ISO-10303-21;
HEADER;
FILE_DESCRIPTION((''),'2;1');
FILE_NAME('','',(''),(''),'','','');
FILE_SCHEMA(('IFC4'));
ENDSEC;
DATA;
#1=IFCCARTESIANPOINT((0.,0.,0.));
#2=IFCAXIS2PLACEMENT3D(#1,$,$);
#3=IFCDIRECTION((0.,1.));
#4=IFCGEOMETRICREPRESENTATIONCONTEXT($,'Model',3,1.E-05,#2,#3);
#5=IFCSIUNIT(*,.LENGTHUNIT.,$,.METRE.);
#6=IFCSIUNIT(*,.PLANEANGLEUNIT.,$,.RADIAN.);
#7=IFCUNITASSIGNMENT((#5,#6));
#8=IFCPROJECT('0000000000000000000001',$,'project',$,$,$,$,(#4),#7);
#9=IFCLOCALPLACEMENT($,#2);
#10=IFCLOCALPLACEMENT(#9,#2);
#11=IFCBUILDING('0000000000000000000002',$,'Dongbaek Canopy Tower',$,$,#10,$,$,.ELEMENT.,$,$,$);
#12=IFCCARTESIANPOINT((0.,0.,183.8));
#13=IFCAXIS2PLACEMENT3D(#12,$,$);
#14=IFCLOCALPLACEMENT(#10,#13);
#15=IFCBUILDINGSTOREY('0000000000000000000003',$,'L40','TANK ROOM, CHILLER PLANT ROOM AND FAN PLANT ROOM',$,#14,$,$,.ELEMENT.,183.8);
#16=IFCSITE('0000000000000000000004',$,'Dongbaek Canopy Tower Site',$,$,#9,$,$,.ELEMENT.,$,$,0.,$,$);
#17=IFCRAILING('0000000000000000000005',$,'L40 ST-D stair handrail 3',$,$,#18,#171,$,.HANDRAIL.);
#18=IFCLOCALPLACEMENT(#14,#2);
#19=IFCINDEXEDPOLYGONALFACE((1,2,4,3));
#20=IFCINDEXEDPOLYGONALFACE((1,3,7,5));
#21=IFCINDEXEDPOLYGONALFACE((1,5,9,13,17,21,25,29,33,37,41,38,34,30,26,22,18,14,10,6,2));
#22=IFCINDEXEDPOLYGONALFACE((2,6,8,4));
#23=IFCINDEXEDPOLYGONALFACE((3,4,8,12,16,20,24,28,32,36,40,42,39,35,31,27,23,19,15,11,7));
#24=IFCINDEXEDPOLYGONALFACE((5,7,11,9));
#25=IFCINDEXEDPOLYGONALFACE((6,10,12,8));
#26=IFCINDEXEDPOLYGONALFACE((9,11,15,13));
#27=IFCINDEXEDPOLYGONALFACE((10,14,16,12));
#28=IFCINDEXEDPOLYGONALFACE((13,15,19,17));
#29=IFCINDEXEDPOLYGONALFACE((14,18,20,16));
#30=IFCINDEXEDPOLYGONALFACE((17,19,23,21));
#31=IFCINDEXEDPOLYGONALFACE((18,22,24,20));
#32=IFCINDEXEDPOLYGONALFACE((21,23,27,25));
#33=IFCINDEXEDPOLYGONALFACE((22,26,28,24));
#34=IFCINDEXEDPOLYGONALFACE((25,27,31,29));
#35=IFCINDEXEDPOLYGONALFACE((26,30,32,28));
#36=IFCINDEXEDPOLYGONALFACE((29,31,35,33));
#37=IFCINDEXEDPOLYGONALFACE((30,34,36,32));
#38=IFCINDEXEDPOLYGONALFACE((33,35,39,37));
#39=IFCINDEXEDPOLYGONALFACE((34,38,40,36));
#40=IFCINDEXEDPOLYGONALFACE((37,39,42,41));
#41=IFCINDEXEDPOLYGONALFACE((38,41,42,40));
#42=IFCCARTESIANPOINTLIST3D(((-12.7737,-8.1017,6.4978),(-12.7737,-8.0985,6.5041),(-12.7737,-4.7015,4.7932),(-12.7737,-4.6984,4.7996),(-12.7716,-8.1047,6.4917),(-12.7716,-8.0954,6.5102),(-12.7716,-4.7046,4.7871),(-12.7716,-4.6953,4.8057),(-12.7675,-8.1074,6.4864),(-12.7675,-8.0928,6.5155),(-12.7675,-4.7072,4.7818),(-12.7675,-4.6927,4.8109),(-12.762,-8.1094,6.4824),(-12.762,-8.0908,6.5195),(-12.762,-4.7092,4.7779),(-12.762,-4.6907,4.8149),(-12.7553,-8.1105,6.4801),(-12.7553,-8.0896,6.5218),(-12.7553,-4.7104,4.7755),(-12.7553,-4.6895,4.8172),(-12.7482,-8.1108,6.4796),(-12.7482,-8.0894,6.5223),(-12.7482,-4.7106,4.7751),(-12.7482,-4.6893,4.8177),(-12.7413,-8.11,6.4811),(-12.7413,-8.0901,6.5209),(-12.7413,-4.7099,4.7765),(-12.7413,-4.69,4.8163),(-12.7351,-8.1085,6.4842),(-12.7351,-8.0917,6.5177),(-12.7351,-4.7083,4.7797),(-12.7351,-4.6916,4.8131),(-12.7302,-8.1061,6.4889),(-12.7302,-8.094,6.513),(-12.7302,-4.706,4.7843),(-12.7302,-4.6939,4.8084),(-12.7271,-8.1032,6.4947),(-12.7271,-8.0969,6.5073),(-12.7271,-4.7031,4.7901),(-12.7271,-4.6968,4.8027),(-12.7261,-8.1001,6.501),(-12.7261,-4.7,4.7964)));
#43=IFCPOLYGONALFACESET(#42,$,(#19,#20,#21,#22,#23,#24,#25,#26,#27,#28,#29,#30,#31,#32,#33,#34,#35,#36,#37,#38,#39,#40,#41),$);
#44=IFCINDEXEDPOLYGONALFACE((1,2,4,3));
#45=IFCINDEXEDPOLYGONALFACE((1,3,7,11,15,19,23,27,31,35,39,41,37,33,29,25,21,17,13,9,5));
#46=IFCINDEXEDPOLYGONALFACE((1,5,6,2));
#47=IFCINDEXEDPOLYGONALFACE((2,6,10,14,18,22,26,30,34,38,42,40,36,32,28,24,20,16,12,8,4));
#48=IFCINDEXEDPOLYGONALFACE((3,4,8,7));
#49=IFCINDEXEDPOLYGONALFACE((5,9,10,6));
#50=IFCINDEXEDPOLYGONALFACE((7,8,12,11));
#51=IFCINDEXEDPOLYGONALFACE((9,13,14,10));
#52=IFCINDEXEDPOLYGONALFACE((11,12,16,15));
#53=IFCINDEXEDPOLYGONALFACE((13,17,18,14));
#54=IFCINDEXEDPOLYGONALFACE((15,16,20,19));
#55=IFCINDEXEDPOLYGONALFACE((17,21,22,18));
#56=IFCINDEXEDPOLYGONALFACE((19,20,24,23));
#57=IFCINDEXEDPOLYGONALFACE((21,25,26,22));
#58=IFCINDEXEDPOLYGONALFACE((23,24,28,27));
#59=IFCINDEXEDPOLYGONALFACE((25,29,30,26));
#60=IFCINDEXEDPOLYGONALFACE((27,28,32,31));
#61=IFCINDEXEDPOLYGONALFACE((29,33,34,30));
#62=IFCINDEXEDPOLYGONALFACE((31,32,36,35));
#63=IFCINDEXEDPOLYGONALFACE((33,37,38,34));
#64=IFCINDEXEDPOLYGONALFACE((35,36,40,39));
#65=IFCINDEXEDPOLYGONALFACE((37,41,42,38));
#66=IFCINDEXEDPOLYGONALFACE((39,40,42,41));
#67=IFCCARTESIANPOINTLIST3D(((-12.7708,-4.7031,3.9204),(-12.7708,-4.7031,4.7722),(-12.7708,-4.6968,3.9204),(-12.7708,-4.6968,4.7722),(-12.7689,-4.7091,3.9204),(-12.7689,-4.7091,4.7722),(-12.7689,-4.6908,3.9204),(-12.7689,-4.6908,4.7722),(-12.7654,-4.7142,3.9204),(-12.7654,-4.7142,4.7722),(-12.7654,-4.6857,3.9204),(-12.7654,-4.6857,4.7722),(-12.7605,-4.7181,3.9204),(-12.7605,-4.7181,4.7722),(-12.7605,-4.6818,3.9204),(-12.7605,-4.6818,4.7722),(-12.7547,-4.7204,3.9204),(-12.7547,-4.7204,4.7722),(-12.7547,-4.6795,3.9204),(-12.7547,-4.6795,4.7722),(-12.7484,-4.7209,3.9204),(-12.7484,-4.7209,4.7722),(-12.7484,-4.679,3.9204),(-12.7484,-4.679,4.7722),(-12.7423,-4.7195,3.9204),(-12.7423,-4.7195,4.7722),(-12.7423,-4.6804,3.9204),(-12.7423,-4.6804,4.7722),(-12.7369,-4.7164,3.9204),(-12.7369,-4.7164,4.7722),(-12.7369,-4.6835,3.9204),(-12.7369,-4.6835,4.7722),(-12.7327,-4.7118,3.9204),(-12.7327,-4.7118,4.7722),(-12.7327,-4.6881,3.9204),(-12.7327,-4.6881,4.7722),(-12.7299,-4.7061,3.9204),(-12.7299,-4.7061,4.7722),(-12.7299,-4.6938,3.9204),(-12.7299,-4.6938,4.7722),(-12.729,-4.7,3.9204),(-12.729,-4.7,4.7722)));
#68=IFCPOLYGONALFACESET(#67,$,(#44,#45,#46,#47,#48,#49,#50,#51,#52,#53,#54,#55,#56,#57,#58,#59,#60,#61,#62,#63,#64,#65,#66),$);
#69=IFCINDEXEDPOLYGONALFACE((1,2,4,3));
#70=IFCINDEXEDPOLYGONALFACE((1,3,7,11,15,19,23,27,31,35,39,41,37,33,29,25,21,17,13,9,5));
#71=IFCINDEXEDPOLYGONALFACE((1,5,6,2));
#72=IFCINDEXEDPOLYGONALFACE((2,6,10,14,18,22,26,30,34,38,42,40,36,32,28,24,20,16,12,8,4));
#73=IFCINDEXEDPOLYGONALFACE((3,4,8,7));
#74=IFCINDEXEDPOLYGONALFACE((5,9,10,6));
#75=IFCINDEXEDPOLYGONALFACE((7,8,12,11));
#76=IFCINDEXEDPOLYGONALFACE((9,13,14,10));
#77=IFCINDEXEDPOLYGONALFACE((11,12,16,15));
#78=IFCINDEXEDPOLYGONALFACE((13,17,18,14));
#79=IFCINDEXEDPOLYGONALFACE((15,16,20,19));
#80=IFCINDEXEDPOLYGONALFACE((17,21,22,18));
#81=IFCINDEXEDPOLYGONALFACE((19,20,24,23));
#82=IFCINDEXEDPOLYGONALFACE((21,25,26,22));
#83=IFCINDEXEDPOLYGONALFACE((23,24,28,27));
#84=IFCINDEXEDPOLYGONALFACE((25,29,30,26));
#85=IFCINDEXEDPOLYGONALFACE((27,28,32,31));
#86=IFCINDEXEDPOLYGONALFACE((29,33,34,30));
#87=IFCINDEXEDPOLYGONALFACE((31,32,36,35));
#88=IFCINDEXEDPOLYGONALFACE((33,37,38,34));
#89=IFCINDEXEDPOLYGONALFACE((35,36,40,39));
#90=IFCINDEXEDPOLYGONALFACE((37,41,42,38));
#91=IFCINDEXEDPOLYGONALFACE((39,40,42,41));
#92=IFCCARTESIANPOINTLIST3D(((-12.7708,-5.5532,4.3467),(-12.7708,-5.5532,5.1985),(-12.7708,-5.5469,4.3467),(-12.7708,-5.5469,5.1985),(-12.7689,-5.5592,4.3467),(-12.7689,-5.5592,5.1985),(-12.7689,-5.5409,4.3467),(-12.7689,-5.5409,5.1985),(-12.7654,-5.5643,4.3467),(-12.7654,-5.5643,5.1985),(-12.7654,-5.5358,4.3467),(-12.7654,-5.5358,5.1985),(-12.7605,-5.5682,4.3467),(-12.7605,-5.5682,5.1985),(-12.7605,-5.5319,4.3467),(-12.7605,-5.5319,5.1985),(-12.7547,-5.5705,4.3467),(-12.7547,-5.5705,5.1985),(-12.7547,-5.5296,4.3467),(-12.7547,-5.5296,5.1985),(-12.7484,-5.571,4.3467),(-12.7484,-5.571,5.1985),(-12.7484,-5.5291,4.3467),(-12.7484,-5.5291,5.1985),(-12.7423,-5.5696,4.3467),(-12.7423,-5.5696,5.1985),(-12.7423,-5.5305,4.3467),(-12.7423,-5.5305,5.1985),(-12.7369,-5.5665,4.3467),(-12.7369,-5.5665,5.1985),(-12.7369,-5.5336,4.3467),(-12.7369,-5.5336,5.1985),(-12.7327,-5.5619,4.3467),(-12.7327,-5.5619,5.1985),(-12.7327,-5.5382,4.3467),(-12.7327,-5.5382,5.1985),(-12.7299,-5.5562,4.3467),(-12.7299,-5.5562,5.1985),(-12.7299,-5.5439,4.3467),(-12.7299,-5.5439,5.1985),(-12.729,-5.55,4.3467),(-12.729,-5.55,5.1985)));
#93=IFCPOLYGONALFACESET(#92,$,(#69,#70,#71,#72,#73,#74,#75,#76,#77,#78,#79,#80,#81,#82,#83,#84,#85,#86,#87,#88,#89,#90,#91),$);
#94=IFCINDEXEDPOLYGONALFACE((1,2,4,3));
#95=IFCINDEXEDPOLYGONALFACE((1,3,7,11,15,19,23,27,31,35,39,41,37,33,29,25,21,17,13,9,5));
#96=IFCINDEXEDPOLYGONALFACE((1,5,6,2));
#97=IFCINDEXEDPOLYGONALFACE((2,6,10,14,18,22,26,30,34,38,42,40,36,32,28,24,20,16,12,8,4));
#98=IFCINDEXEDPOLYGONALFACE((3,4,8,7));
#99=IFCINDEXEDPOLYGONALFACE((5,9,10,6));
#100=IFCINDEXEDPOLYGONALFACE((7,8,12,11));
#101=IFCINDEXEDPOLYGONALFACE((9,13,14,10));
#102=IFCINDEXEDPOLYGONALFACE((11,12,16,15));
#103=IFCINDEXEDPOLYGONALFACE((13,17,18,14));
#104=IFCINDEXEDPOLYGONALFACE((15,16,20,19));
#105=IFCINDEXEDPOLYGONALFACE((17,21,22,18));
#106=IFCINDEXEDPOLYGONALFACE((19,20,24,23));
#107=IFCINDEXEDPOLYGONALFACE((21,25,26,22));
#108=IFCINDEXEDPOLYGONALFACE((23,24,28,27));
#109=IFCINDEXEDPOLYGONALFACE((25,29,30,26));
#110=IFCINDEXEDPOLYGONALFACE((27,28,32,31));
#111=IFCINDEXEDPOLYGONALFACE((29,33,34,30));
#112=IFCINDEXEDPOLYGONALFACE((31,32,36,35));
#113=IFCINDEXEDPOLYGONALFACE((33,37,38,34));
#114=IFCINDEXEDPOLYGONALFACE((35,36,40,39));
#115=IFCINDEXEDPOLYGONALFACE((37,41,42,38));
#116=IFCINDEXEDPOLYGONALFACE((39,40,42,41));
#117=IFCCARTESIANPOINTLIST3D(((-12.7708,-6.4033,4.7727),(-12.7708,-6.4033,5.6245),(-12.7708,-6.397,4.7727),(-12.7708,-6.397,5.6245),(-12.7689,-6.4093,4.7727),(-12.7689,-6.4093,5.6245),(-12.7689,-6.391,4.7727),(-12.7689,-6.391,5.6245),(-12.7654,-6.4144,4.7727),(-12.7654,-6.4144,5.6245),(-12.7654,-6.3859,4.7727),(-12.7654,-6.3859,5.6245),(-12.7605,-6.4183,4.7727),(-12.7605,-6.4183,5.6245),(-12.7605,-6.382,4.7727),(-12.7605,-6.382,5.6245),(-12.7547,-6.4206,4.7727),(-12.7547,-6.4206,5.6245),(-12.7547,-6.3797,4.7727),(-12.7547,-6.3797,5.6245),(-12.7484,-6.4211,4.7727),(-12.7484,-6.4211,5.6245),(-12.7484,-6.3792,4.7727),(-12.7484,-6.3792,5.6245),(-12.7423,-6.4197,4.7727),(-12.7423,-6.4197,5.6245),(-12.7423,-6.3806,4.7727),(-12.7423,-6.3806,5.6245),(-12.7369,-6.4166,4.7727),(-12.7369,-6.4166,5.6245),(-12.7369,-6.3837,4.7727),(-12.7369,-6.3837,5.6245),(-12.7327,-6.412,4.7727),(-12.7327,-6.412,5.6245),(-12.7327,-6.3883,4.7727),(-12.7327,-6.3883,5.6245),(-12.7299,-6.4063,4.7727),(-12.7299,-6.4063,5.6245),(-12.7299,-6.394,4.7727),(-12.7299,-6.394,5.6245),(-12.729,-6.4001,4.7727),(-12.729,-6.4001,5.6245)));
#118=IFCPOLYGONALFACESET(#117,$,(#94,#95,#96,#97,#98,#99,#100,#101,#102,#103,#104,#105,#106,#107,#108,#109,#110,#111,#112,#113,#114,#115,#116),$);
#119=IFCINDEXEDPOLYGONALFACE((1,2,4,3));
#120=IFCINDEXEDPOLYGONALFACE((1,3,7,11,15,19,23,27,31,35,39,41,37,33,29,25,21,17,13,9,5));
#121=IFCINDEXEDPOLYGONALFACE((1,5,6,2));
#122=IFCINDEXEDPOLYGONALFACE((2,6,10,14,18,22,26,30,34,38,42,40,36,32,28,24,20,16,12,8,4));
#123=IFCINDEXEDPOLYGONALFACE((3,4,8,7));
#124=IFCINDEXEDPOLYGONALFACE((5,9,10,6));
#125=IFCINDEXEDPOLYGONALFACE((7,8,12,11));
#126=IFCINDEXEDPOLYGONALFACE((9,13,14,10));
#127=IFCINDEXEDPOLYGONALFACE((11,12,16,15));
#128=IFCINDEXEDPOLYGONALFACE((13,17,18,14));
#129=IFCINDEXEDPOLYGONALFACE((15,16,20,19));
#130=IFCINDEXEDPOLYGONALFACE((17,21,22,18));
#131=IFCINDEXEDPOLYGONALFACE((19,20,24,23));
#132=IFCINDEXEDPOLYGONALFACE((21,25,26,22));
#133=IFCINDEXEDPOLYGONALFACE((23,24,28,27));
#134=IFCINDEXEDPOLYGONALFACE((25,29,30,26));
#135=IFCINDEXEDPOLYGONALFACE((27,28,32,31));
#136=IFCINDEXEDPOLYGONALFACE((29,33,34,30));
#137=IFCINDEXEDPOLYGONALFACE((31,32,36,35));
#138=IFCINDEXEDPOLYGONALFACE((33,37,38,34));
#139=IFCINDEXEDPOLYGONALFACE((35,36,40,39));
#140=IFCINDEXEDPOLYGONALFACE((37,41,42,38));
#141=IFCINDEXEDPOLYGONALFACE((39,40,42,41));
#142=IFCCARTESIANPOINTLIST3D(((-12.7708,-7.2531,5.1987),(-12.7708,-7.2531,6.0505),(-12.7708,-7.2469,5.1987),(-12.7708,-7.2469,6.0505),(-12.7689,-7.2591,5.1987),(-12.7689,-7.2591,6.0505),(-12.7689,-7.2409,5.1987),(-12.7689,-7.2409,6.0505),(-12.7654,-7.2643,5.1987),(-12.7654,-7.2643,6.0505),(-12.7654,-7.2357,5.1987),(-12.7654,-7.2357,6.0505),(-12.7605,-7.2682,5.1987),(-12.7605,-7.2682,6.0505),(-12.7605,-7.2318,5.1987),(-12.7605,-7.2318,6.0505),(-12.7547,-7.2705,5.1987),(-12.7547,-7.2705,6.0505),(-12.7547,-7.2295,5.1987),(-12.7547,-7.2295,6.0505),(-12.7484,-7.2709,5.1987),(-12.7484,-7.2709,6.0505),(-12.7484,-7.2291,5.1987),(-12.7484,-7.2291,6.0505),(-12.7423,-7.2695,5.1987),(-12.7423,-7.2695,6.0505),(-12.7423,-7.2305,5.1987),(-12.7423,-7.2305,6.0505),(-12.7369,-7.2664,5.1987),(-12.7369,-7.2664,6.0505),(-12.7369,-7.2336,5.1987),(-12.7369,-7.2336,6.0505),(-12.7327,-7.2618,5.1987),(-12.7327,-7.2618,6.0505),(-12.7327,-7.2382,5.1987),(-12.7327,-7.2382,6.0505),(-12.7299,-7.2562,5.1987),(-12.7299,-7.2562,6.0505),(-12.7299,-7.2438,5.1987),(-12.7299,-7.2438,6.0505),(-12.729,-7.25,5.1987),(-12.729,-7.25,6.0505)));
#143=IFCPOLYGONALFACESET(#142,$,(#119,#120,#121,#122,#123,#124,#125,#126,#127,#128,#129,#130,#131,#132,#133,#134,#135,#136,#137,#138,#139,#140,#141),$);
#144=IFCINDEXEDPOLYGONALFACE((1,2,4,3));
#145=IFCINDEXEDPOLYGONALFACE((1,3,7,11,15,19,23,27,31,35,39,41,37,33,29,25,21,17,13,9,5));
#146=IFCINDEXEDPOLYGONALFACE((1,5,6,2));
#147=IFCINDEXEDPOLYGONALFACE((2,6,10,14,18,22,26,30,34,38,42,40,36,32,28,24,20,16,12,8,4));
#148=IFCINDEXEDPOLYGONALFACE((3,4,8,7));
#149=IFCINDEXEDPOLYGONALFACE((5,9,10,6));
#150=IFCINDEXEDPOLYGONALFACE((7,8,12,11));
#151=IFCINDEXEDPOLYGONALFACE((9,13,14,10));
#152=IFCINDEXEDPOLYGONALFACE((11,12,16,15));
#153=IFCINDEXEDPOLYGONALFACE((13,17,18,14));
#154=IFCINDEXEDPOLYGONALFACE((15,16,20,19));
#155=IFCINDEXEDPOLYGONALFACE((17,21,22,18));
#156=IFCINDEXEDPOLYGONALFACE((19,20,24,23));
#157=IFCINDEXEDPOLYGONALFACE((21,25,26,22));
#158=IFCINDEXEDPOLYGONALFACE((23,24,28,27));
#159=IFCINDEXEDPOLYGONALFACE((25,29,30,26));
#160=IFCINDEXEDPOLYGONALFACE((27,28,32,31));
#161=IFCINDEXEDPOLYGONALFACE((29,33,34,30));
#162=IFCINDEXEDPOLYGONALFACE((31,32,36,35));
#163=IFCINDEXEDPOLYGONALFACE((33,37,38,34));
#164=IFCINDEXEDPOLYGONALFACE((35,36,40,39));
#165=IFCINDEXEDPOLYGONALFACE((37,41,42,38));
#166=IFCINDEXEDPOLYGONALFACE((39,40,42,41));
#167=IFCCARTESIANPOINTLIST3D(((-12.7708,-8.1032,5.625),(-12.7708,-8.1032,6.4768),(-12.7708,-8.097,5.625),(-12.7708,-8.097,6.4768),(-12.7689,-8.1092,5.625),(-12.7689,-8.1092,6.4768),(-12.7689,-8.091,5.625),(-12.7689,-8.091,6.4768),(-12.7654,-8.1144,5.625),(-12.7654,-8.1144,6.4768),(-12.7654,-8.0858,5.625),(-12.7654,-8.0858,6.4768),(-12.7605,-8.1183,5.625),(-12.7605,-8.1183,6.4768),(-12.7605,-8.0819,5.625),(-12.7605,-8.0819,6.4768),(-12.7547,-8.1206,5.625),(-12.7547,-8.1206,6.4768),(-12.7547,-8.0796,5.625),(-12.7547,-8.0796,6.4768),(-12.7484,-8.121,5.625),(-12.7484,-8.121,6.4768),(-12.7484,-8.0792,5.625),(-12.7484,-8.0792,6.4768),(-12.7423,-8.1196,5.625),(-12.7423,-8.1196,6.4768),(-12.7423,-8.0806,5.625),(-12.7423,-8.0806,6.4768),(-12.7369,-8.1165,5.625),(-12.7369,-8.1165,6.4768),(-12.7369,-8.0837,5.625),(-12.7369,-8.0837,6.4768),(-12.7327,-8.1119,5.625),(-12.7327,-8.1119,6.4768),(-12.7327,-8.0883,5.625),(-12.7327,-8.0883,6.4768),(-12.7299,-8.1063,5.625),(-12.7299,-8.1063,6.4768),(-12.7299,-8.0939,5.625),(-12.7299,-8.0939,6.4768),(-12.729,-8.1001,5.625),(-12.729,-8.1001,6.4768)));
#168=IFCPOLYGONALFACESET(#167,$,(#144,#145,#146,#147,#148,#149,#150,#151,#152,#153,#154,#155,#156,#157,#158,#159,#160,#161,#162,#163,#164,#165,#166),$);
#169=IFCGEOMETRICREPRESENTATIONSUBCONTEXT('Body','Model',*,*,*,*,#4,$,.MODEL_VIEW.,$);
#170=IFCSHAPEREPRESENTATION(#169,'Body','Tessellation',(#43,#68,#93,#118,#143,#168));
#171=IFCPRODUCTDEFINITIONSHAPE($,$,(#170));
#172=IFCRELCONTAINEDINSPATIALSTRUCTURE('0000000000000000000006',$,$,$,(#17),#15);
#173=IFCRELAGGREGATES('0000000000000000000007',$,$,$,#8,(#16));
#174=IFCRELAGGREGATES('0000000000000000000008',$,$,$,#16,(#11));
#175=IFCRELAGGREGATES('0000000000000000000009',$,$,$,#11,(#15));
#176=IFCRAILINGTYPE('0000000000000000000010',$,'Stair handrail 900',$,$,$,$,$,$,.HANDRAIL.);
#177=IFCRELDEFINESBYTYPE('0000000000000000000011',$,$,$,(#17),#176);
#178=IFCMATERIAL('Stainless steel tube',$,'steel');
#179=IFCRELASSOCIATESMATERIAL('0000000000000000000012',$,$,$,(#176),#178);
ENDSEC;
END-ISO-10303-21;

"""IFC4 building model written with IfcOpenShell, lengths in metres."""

from ifc_helpers import new_model, si_unit, direction, frame, origin, origin_2d, place, context, subcontext, project, spatial, circle, extrude, material, type_object, element, save


model = new_model("IFC4")

# Units and contexts
model_context = context("Model", 3, precision=1e-05, world=origin(), true_north=direction((0.0, 1.0)))
body_context = subcontext(model_context, "Body", "Model", "MODEL_VIEW")
ifc_project = project(units=[si_unit("LENGTHUNIT", "METRE"), si_unit("PLANEANGLEUNIT", "RADIAN")], contexts=[model_context])

# Site, building, storey
site_placement = place(None, origin())
site = spatial("IfcSite", under=ifc_project, at=site_placement, Name="Dongbaek Canopy Tower Site", CompositionType="ELEMENT", RefElevation=0.0)
building_placement = place(site_placement, origin())
building = spatial("IfcBuilding", under=site, at=building_placement, Name="Dongbaek Canopy Tower", CompositionType="ELEMENT")
storey_placement = place(building_placement, frame((0.0, 0.0, 183.8)))
storey = spatial("IfcBuildingStorey", under=building, at=storey_placement, Name="L40", Description="TANK ROOM, CHILLER PLANT ROOM AND FAN PLANT ROOM", CompositionType="ELEMENT", Elevation=183.8)

# Railing
ifc_material_1 = material(Name="Stainless steel tube", Category="steel")
railing_type_1 = type_object("IfcRailingType", Name="Stair handrail 900", PredefinedType="HANDRAIL", material=ifc_material_1)
for number, where, name in (
    (1, (-12.75, -4.7, 3.9204), "L40 ST-D stair handrail 3"),
):
    element("IfcRailing", number, at=place(storey_placement, frame(where)), inside=storey, type_object=railing_type_1, Name=name, PredefinedType="HANDRAIL", context=body_context, shape_type="SweptSolid", body=[
        extrude(circle(Radius=0.0239, at=origin_2d()), frame((0.0, 0.0, 0.876), z_axis=(0.0, -0.893952, 0.448163), x_axis=(1.0, 0.0, 0.0)), (0.0, 0.0, 1.0), 3.8035),
        extrude(circle(Radius=0.021, at=origin_2d()), origin(), (0.0, 0.0, 1.0), 0.8518),
        extrude(circle(Radius=0.021, at=origin_2d()), frame((0.0, -0.8501, 0.4263)), (0.0, 0.0, 1.0), 0.8518),
        extrude(circle(Radius=0.021, at=origin_2d()), frame((0.0, -1.7002, 0.8523)), (0.0, 0.0, 1.0), 0.8518),
        extrude(circle(Radius=0.021, at=origin_2d()), frame((0.0, -2.55, 1.2783)), (0.0, 0.0, 1.0), 0.8518),
        extrude(circle(Radius=0.021, at=origin_2d()), frame((0.0, -3.4001, 1.7046)), (0.0, 0.0, 1.0), 0.8518),
    ])

save(model, "model.ifc")
